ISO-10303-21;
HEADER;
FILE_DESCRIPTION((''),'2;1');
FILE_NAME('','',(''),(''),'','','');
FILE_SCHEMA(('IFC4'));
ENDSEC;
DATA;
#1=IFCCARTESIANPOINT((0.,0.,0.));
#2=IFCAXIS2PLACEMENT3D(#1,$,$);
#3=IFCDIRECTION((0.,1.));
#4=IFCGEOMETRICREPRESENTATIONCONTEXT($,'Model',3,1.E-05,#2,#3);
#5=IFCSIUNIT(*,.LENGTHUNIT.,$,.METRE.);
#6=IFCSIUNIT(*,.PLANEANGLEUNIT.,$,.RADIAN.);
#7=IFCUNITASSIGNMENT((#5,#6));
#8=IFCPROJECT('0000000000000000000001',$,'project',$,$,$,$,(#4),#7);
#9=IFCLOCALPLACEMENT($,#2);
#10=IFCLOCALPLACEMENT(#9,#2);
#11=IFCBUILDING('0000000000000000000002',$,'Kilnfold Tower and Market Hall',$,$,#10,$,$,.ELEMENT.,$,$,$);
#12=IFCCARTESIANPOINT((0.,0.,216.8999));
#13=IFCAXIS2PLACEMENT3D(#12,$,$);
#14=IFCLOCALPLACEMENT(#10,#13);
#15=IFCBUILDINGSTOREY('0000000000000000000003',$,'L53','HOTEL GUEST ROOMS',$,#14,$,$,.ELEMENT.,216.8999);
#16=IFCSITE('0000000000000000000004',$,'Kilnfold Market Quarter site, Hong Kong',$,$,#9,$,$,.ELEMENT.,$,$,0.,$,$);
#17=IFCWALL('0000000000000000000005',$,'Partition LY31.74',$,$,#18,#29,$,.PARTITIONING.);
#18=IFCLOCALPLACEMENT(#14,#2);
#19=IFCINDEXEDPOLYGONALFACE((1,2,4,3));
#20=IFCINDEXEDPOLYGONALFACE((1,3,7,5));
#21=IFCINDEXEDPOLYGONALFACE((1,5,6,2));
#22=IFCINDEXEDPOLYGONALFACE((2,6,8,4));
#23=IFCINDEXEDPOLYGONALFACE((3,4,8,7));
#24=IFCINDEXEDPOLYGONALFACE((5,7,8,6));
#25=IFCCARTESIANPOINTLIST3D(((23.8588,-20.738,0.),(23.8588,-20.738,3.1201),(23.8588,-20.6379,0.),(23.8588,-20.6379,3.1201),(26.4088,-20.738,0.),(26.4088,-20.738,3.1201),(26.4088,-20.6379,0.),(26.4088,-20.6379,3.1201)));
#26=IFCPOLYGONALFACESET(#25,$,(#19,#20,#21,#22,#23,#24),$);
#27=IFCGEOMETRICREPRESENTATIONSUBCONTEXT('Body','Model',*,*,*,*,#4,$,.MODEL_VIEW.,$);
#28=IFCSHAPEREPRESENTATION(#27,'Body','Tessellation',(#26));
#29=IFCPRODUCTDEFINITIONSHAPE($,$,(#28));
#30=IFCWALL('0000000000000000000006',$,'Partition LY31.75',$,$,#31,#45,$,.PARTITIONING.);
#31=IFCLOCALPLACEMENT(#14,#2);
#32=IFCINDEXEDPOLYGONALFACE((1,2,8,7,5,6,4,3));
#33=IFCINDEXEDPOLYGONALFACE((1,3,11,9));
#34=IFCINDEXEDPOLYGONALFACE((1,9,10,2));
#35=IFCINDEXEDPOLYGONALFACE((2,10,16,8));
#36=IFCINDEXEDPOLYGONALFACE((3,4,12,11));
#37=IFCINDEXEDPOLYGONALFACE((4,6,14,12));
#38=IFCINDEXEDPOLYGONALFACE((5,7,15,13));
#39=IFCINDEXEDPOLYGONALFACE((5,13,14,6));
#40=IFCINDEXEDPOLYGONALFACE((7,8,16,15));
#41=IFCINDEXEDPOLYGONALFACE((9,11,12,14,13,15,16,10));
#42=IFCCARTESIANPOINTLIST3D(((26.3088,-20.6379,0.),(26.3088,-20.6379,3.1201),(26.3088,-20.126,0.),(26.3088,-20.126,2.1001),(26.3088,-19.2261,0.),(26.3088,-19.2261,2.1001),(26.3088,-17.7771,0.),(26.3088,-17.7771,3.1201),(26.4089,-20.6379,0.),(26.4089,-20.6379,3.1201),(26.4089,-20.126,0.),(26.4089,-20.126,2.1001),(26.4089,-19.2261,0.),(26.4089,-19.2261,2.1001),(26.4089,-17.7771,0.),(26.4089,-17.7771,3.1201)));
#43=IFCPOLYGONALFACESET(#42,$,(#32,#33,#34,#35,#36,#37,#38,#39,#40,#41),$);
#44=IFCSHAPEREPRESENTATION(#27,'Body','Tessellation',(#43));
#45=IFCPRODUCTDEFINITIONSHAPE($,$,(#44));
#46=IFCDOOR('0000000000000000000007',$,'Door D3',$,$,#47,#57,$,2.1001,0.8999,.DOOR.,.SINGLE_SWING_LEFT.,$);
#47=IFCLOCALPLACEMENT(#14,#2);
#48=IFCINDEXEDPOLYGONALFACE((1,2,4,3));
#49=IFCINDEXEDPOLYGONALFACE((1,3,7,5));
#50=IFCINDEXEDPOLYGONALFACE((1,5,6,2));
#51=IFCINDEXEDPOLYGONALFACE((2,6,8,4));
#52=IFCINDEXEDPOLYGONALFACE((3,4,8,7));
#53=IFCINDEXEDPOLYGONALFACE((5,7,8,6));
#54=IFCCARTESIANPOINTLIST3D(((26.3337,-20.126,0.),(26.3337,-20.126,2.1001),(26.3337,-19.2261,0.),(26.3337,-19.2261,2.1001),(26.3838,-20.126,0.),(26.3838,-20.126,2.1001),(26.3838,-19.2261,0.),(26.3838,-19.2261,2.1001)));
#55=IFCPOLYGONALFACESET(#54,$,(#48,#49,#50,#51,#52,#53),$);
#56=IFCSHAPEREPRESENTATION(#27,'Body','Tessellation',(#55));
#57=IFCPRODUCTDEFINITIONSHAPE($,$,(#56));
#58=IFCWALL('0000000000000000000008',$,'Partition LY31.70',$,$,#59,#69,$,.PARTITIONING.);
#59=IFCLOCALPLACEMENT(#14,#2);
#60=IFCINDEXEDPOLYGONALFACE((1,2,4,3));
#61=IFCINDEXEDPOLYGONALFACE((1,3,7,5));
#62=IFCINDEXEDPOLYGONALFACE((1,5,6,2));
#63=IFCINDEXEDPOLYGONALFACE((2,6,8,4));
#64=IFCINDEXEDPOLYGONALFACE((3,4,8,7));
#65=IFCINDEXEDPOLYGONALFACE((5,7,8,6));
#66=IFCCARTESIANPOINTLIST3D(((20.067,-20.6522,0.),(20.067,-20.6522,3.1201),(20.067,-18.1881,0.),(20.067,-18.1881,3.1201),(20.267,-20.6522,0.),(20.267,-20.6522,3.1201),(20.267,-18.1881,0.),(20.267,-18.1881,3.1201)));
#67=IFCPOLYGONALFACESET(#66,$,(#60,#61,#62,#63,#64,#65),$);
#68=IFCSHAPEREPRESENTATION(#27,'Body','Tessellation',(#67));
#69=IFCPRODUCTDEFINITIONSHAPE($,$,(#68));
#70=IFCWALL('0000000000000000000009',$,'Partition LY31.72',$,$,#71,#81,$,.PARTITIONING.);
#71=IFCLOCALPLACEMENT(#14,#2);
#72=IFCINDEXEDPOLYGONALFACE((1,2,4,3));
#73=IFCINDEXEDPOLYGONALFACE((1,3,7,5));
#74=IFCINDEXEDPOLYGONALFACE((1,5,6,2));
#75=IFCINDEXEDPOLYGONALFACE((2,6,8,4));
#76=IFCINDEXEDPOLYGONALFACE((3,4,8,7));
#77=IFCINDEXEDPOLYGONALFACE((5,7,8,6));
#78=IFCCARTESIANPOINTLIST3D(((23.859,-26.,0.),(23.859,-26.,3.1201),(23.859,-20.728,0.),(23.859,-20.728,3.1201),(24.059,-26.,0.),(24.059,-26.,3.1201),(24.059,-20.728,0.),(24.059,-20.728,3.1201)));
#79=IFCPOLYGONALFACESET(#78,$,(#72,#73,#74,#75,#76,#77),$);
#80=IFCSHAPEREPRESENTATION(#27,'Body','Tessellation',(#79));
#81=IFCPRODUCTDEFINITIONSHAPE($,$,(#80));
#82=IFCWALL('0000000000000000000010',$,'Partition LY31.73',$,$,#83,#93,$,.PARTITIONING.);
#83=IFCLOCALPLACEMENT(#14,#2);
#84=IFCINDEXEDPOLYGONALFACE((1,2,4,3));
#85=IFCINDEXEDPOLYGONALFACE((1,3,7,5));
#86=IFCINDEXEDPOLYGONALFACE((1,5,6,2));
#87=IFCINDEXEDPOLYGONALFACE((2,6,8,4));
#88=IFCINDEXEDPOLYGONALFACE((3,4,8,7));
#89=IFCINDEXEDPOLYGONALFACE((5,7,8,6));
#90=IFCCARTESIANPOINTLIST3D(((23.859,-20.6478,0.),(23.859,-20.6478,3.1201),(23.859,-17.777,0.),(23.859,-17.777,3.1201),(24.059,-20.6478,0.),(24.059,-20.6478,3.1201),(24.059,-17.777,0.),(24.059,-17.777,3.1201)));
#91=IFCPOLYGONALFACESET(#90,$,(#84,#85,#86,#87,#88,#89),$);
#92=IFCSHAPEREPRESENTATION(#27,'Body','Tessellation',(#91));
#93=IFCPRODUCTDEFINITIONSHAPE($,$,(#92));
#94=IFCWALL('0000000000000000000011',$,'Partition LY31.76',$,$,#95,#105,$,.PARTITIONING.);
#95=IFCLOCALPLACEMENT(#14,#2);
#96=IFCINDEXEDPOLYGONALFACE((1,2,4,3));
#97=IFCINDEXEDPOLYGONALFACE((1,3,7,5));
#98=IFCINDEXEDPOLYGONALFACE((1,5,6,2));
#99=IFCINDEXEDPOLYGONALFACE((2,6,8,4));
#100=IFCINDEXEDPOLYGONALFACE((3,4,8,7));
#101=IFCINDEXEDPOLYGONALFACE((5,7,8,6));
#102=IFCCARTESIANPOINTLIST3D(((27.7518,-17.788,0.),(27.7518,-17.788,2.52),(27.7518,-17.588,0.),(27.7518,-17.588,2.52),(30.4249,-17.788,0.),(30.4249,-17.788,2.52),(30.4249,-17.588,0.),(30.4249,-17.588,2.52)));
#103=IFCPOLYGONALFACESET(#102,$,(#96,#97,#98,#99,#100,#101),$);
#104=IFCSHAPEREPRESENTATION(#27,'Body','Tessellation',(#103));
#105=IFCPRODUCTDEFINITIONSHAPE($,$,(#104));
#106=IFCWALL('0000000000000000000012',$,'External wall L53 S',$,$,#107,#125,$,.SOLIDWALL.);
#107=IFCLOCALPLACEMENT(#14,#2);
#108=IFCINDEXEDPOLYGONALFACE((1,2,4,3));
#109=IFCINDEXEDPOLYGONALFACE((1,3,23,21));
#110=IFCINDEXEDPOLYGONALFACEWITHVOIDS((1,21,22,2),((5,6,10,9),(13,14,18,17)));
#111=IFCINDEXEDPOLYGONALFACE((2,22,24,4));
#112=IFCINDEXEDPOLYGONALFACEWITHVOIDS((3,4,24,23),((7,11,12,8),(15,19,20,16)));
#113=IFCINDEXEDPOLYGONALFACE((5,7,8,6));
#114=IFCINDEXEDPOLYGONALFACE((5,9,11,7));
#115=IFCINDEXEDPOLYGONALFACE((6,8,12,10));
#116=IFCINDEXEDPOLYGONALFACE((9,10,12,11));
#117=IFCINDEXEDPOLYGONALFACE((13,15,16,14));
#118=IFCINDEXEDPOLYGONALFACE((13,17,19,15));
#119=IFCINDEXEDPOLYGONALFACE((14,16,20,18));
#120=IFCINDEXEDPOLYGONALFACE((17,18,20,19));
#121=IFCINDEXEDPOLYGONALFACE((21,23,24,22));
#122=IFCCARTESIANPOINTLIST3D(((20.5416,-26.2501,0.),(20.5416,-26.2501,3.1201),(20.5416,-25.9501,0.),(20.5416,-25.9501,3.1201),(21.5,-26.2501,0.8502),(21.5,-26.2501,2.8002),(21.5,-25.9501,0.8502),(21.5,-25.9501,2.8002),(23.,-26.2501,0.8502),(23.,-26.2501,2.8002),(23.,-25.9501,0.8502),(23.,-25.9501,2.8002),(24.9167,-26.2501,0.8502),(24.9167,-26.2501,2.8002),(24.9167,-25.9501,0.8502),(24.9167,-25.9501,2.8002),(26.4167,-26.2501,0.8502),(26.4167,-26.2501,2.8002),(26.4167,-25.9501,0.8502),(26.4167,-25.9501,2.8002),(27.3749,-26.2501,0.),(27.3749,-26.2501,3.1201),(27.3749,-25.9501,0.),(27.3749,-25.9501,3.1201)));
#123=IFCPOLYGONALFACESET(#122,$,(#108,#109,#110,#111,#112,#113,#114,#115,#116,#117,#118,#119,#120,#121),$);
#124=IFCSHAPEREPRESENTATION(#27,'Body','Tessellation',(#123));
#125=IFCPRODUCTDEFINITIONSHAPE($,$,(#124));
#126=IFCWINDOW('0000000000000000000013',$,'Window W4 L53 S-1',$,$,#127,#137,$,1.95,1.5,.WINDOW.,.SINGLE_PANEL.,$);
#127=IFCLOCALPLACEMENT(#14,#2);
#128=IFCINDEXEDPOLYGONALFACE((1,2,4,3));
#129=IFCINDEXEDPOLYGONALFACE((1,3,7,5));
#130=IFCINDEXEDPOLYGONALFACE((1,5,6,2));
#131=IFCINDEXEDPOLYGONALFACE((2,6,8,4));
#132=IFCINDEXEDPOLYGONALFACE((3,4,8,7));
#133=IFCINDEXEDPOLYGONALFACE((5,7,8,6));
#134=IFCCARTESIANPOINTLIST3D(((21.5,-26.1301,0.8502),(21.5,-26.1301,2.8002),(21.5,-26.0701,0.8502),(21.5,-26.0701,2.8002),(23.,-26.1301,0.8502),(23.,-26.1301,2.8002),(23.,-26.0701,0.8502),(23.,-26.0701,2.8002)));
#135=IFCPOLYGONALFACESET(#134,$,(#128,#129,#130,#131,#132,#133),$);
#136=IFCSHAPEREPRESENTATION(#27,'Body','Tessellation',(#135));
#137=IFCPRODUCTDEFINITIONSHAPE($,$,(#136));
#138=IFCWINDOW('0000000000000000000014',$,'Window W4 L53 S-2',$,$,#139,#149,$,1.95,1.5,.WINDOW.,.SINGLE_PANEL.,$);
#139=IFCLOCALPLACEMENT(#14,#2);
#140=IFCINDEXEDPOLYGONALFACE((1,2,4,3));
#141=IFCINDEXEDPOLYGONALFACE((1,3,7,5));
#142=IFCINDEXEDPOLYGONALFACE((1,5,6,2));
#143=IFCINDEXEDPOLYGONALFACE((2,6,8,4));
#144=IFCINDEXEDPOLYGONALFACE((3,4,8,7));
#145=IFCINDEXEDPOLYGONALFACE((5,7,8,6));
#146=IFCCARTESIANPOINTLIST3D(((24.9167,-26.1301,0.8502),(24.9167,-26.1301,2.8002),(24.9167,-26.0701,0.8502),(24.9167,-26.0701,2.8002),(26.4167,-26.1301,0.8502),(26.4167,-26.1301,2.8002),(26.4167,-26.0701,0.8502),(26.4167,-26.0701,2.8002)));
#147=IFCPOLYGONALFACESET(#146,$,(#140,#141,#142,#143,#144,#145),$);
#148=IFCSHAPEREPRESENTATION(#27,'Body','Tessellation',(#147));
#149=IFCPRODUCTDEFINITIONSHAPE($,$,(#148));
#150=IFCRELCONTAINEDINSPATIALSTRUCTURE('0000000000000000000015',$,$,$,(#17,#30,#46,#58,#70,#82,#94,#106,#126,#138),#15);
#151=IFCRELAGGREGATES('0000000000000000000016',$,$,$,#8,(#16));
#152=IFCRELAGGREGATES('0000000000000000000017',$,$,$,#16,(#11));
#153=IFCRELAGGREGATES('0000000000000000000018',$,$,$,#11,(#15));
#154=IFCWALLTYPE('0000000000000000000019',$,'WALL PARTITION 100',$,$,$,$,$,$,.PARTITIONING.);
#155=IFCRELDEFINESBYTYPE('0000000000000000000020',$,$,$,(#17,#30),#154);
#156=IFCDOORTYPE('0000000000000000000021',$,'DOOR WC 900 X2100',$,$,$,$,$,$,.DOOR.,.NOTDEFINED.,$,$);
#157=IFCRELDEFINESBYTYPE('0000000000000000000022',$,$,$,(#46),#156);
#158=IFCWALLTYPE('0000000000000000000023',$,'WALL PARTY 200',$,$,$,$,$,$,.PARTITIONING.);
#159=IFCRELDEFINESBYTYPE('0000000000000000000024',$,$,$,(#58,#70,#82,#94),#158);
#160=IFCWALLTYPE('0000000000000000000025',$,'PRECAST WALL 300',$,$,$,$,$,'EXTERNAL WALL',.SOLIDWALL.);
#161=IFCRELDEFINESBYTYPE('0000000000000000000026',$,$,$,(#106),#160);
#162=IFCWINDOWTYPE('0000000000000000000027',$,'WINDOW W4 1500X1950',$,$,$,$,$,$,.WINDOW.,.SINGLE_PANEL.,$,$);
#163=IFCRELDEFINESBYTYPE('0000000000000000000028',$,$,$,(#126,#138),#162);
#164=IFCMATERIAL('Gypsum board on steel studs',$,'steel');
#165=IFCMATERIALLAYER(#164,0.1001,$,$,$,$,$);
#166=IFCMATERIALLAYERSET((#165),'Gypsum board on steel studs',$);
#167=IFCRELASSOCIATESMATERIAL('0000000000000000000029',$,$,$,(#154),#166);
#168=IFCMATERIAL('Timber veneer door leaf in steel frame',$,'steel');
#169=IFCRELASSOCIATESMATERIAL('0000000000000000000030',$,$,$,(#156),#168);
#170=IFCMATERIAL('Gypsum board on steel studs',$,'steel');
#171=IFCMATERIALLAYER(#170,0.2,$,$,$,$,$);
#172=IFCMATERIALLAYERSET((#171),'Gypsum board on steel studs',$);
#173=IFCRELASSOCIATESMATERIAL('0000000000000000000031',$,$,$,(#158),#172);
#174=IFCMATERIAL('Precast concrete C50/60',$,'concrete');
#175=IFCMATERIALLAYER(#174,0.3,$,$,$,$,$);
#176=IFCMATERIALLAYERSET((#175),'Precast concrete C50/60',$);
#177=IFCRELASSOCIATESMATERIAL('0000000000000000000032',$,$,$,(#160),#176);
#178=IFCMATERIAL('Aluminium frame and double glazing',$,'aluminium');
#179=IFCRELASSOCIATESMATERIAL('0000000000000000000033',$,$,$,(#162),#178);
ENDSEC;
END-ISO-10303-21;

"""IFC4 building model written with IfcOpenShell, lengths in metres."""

from ifc_helpers import new_model, si_unit, direction, frame, frame_2d, origin, place, context, subcontext, project, spatial, rectangle, extrude, source, transform, mapped, material, layer, layer_set, type_object, element, fill, save


model = new_model("IFC4")

# Units and contexts
model_context = context("Model", 3, precision=1e-05, world=origin(), true_north=direction((0.0, 1.0)))
body_context = subcontext(model_context, "Body", "Model", "MODEL_VIEW")
ifc_project = project(units=[si_unit("LENGTHUNIT", "METRE"), si_unit("PLANEANGLEUNIT", "RADIAN")], contexts=[model_context])

# Site, building, storey
site_placement = place(None, origin())
site = spatial("IfcSite", under=ifc_project, at=site_placement, Name="Kilnfold Market Quarter site, Hong Kong", CompositionType="ELEMENT", RefElevation=0.0)
building_placement = place(site_placement, origin())
building = spatial("IfcBuilding", under=site, at=building_placement, Name="Kilnfold Tower and Market Hall", CompositionType="ELEMENT")
storey_placement = place(building_placement, frame((0.0, 0.0, 216.8999)))
storey = spatial("IfcBuildingStorey", under=building, at=storey_placement, Name="L53", Description="HOTEL GUEST ROOMS", CompositionType="ELEMENT", Elevation=216.8999)

# Shared definitions
ifc_material_1 = material(Name="Gypsum board on steel studs", Category="steel")
ifc_layer_1 = layer(ifc_material_1, 0.1001)
ifc_layer_set_1 = layer_set([ifc_layer_1], Name="Gypsum board on steel studs")
wall_type_1 = type_object("IfcWallType", Name="WALL PARTITION 100", PredefinedType="PARTITIONING", material=ifc_layer_set_1)
ifc_material_2 = material(Name="Timber veneer door leaf in steel frame", Category="steel")
door_type_1 = type_object("IfcDoorType", Name="DOOR WC 900 X2100", OperationType="NOTDEFINED", PredefinedType="DOOR", material=ifc_material_2)

# Wall
wall_1_placement = place(storey_placement, frame((23.8589, -20.688, 0.0), z_axis=(0.0, 0.0, 1.0), x_axis=(1.0, 0.0, 0.0)))
element("IfcWall", 1, at=wall_1_placement, inside=storey, type_object=wall_type_1, Name="Partition LY31.74", PredefinedType="PARTITIONING", context=body_context, shape_type="SweptSolid", body=[
    extrude(rectangle(XDim=2.55, YDim=0.1001, at=frame_2d((1.2749, 0.0))), origin(), (0.0, 0.0, 1.0), 3.1201),
])

# Wall, opening, door
wall_2_placement = place(storey_placement, frame((26.3589, -17.7771, 0.0), z_axis=(0.0, 0.0, 1.0), x_axis=(0.0, -1.0, 0.0)))
wall_2 = element("IfcWall", 2, at=wall_2_placement, inside=storey, type_object=wall_type_1, Name="Partition LY31.75", PredefinedType="PARTITIONING", context=body_context, shape_type="SweptSolid", body=[
    extrude(rectangle(XDim=2.8608, YDim=0.1001, at=frame_2d((1.4304, 0.0))), origin(), (0.0, 0.0, 1.0), 3.1201),
])
opening_1_placement = place(wall_2_placement, frame((1.449, 0.0, 0.0)))
opening_1 = element("IfcOpeningElement", 3, at=opening_1_placement, cuts=wall_2, PredefinedType="OPENING", context=body_context, shape_type="SweptSolid", body=[
    extrude(rectangle(XDim=0.8999, YDim=2.1001, at=frame_2d((0.45, 1.05))), frame((0.0, 0.0601, 0.0), z_axis=(0.0, -1.0, 0.0), x_axis=(1.0, 0.0, 0.0)), (0.0, 0.0, 1.0), 0.1201),
])
door_1_placement = place(opening_1_placement, origin())
door_1 = element("IfcDoor", 4, at=door_1_placement, inside=storey, type_object=door_type_1, Name="Door D3", OperationType="SINGLE_SWING_LEFT", OverallHeight=2.1001, OverallWidth=0.8999, PredefinedType="DOOR", context=body_context, shape_type="SweptSolid", body=[
    extrude(rectangle(XDim=0.8999, YDim=2.1001, at=frame_2d((0.45, 1.05))), frame((0.0, 0.0249, 0.0), z_axis=(0.0, -1.0, 0.0), x_axis=(1.0, 0.0, 0.0)), (0.0, 0.0, 1.0), 0.05),
])
fill(opening_1, door_1)

# Walls
ifc_material_3 = material(Name="Gypsum board on steel studs", Category="steel")
ifc_layer_2 = layer(ifc_material_3, 0.2)
ifc_layer_set_2 = layer_set([ifc_layer_2], Name="Gypsum board on steel studs")
wall_type_2 = type_object("IfcWallType", Name="WALL PARTY 200", PredefinedType="PARTITIONING", material=ifc_layer_set_2)
wall_3_placement = place(storey_placement, frame((20.167, -20.6521, 0.0), z_axis=(0.0, 0.0, 1.0), x_axis=(0.0, 1.0, 0.0)))
element("IfcWall", 5, at=wall_3_placement, inside=storey, type_object=wall_type_2, Name="Partition LY31.70", PredefinedType="PARTITIONING", context=body_context, shape_type="SweptSolid", body=[
    extrude(rectangle(XDim=2.4641, YDim=0.2, at=frame_2d((1.2319, 0.0))), origin(), (0.0, 0.0, 1.0), 3.1201),
])
wall_4_placement = place(storey_placement, frame((23.959, -26.0, 0.0), z_axis=(0.0, 0.0, 1.0), x_axis=(0.0, 1.0, 0.0)))
element("IfcWall", 6, at=wall_4_placement, inside=storey, type_object=wall_type_2, Name="Partition LY31.72", PredefinedType="PARTITIONING", context=body_context, shape_type="SweptSolid", body=[
    extrude(rectangle(XDim=5.272, YDim=0.2, at=frame_2d((2.636, 0.0))), origin(), (0.0, 0.0, 1.0), 3.1201),
])
wall_5_placement = place(storey_placement, frame((23.959, -20.6479, 0.0), z_axis=(0.0, 0.0, 1.0), x_axis=(0.0, 1.0, 0.0)))
element("IfcWall", 7, at=wall_5_placement, inside=storey, type_object=wall_type_2, Name="Partition LY31.73", PredefinedType="PARTITIONING", context=body_context, shape_type="SweptSolid", body=[
    extrude(rectangle(XDim=2.8708, YDim=0.2, at=frame_2d((1.4355, 0.0))), origin(), (0.0, 0.0, 1.0), 3.1201),
])
wall_6_placement = place(storey_placement, frame((27.752, -17.688, 0.0), z_axis=(0.0, 0.0, 1.0), x_axis=(1.0, 0.0, 0.0)))
element("IfcWall", 8, at=wall_6_placement, inside=storey, type_object=wall_type_2, Name="Partition LY31.76", PredefinedType="PARTITIONING", context=body_context, shape_type="SweptSolid", body=[
    extrude(rectangle(XDim=2.6731, YDim=0.2, at=frame_2d((1.3364, 0.0))), origin(), (0.0, 0.0, 1.0), 2.52),
])

# Wall, openings, windows
ifc_material_4 = material(Name="Precast concrete C50/60", Category="concrete")
ifc_layer_3 = layer(ifc_material_4, 0.3)
ifc_layer_set_3 = layer_set([ifc_layer_3], Name="Precast concrete C50/60")
wall_type_3 = type_object("IfcWallType", Name="PRECAST WALL 300", ElementType="EXTERNAL WALL", PredefinedType="SOLIDWALL", material=ifc_layer_set_3)
shared_shape_1 = source(origin(), body_context, "Body", "SweptSolid", [
    extrude(rectangle(XDim=6.8333, YDim=0.3, at=frame_2d((3.4165, 0.0))), origin(), (0.0, 0.0, 1.0), 3.1201),
])
wall_7_placement = place(storey_placement, frame((20.5417, -26.1001, 0.0), z_axis=(0.0, 0.0, 1.0), x_axis=(1.0, 0.0, 0.0)))
wall_7 = element("IfcWall", 9, at=wall_7_placement, inside=storey, type_object=wall_type_3, Name="External wall L53 S", PredefinedType="SOLIDWALL", context=body_context, shape_type="MappedRepresentation", body=[
    mapped(shared_shape_1, transform((0.0, 0.0, 0.0))),
])
opening_2_placement = place(wall_7_placement, frame((0.9583, 0.0, 0.8501)))
opening_2 = element("IfcOpeningElement", 10, at=opening_2_placement, cuts=wall_7, PredefinedType="OPENING", context=body_context, shape_type="SweptSolid", body=[
    extrude(rectangle(XDim=1.5, YDim=1.95, at=frame_2d((0.75, 0.9751))), frame((0.0, 0.1602, 0.0), z_axis=(0.0, -1.0, 0.0), x_axis=(1.0, 0.0, 0.0)), (0.0, 0.0, 1.0), 0.3201),
])
opening_3_placement = place(wall_7_placement, frame((4.375, 0.0, 0.8501)))
opening_3 = element("IfcOpeningElement", 11, at=opening_3_placement, cuts=wall_7, PredefinedType="OPENING", context=body_context, shape_type="SweptSolid", body=[
    extrude(rectangle(XDim=1.5, YDim=1.95, at=frame_2d((0.75, 0.9751))), frame((0.0, 0.1602, 0.0), z_axis=(0.0, -1.0, 0.0), x_axis=(1.0, 0.0, 0.0)), (0.0, 0.0, 1.0), 0.3201),
])
ifc_material_5 = material(Name="Aluminium frame and double glazing", Category="aluminium")
window_type = type_object("IfcWindowType", Name="WINDOW W4 1500X1950", PartitioningType="SINGLE_PANEL", PredefinedType="WINDOW", material=ifc_material_5)
window_1_placement = place(opening_2_placement, origin())
window_1 = element("IfcWindow", 12, at=window_1_placement, inside=storey, type_object=window_type, Name="Window W4 L53 S-1", OverallHeight=1.95, OverallWidth=1.5, PartitioningType="SINGLE_PANEL", PredefinedType="WINDOW", context=body_context, shape_type="SweptSolid", body=[
    extrude(rectangle(XDim=1.5, YDim=1.95, at=frame_2d((0.75, 0.9751))), frame((0.0, 0.03, 0.0), z_axis=(0.0, -1.0, 0.0), x_axis=(1.0, 0.0, 0.0)), (0.0, 0.0, 1.0), 0.0601),
])
fill(opening_2, window_1)
window_2_placement = place(opening_3_placement, origin())
window_2 = element("IfcWindow", 13, at=window_2_placement, inside=storey, type_object=window_type, Name="Window W4 L53 S-2", OverallHeight=1.95, OverallWidth=1.5, PartitioningType="SINGLE_PANEL", PredefinedType="WINDOW", context=body_context, shape_type="SweptSolid", body=[
    extrude(rectangle(XDim=1.5, YDim=1.95, at=frame_2d((0.75, 0.9751))), frame((0.0, 0.03, 0.0), z_axis=(0.0, -1.0, 0.0), x_axis=(1.0, 0.0, 0.0)), (0.0, 0.0, 1.0), 0.0601),
])
fill(opening_3, window_2)

save(model, "model.ifc")
